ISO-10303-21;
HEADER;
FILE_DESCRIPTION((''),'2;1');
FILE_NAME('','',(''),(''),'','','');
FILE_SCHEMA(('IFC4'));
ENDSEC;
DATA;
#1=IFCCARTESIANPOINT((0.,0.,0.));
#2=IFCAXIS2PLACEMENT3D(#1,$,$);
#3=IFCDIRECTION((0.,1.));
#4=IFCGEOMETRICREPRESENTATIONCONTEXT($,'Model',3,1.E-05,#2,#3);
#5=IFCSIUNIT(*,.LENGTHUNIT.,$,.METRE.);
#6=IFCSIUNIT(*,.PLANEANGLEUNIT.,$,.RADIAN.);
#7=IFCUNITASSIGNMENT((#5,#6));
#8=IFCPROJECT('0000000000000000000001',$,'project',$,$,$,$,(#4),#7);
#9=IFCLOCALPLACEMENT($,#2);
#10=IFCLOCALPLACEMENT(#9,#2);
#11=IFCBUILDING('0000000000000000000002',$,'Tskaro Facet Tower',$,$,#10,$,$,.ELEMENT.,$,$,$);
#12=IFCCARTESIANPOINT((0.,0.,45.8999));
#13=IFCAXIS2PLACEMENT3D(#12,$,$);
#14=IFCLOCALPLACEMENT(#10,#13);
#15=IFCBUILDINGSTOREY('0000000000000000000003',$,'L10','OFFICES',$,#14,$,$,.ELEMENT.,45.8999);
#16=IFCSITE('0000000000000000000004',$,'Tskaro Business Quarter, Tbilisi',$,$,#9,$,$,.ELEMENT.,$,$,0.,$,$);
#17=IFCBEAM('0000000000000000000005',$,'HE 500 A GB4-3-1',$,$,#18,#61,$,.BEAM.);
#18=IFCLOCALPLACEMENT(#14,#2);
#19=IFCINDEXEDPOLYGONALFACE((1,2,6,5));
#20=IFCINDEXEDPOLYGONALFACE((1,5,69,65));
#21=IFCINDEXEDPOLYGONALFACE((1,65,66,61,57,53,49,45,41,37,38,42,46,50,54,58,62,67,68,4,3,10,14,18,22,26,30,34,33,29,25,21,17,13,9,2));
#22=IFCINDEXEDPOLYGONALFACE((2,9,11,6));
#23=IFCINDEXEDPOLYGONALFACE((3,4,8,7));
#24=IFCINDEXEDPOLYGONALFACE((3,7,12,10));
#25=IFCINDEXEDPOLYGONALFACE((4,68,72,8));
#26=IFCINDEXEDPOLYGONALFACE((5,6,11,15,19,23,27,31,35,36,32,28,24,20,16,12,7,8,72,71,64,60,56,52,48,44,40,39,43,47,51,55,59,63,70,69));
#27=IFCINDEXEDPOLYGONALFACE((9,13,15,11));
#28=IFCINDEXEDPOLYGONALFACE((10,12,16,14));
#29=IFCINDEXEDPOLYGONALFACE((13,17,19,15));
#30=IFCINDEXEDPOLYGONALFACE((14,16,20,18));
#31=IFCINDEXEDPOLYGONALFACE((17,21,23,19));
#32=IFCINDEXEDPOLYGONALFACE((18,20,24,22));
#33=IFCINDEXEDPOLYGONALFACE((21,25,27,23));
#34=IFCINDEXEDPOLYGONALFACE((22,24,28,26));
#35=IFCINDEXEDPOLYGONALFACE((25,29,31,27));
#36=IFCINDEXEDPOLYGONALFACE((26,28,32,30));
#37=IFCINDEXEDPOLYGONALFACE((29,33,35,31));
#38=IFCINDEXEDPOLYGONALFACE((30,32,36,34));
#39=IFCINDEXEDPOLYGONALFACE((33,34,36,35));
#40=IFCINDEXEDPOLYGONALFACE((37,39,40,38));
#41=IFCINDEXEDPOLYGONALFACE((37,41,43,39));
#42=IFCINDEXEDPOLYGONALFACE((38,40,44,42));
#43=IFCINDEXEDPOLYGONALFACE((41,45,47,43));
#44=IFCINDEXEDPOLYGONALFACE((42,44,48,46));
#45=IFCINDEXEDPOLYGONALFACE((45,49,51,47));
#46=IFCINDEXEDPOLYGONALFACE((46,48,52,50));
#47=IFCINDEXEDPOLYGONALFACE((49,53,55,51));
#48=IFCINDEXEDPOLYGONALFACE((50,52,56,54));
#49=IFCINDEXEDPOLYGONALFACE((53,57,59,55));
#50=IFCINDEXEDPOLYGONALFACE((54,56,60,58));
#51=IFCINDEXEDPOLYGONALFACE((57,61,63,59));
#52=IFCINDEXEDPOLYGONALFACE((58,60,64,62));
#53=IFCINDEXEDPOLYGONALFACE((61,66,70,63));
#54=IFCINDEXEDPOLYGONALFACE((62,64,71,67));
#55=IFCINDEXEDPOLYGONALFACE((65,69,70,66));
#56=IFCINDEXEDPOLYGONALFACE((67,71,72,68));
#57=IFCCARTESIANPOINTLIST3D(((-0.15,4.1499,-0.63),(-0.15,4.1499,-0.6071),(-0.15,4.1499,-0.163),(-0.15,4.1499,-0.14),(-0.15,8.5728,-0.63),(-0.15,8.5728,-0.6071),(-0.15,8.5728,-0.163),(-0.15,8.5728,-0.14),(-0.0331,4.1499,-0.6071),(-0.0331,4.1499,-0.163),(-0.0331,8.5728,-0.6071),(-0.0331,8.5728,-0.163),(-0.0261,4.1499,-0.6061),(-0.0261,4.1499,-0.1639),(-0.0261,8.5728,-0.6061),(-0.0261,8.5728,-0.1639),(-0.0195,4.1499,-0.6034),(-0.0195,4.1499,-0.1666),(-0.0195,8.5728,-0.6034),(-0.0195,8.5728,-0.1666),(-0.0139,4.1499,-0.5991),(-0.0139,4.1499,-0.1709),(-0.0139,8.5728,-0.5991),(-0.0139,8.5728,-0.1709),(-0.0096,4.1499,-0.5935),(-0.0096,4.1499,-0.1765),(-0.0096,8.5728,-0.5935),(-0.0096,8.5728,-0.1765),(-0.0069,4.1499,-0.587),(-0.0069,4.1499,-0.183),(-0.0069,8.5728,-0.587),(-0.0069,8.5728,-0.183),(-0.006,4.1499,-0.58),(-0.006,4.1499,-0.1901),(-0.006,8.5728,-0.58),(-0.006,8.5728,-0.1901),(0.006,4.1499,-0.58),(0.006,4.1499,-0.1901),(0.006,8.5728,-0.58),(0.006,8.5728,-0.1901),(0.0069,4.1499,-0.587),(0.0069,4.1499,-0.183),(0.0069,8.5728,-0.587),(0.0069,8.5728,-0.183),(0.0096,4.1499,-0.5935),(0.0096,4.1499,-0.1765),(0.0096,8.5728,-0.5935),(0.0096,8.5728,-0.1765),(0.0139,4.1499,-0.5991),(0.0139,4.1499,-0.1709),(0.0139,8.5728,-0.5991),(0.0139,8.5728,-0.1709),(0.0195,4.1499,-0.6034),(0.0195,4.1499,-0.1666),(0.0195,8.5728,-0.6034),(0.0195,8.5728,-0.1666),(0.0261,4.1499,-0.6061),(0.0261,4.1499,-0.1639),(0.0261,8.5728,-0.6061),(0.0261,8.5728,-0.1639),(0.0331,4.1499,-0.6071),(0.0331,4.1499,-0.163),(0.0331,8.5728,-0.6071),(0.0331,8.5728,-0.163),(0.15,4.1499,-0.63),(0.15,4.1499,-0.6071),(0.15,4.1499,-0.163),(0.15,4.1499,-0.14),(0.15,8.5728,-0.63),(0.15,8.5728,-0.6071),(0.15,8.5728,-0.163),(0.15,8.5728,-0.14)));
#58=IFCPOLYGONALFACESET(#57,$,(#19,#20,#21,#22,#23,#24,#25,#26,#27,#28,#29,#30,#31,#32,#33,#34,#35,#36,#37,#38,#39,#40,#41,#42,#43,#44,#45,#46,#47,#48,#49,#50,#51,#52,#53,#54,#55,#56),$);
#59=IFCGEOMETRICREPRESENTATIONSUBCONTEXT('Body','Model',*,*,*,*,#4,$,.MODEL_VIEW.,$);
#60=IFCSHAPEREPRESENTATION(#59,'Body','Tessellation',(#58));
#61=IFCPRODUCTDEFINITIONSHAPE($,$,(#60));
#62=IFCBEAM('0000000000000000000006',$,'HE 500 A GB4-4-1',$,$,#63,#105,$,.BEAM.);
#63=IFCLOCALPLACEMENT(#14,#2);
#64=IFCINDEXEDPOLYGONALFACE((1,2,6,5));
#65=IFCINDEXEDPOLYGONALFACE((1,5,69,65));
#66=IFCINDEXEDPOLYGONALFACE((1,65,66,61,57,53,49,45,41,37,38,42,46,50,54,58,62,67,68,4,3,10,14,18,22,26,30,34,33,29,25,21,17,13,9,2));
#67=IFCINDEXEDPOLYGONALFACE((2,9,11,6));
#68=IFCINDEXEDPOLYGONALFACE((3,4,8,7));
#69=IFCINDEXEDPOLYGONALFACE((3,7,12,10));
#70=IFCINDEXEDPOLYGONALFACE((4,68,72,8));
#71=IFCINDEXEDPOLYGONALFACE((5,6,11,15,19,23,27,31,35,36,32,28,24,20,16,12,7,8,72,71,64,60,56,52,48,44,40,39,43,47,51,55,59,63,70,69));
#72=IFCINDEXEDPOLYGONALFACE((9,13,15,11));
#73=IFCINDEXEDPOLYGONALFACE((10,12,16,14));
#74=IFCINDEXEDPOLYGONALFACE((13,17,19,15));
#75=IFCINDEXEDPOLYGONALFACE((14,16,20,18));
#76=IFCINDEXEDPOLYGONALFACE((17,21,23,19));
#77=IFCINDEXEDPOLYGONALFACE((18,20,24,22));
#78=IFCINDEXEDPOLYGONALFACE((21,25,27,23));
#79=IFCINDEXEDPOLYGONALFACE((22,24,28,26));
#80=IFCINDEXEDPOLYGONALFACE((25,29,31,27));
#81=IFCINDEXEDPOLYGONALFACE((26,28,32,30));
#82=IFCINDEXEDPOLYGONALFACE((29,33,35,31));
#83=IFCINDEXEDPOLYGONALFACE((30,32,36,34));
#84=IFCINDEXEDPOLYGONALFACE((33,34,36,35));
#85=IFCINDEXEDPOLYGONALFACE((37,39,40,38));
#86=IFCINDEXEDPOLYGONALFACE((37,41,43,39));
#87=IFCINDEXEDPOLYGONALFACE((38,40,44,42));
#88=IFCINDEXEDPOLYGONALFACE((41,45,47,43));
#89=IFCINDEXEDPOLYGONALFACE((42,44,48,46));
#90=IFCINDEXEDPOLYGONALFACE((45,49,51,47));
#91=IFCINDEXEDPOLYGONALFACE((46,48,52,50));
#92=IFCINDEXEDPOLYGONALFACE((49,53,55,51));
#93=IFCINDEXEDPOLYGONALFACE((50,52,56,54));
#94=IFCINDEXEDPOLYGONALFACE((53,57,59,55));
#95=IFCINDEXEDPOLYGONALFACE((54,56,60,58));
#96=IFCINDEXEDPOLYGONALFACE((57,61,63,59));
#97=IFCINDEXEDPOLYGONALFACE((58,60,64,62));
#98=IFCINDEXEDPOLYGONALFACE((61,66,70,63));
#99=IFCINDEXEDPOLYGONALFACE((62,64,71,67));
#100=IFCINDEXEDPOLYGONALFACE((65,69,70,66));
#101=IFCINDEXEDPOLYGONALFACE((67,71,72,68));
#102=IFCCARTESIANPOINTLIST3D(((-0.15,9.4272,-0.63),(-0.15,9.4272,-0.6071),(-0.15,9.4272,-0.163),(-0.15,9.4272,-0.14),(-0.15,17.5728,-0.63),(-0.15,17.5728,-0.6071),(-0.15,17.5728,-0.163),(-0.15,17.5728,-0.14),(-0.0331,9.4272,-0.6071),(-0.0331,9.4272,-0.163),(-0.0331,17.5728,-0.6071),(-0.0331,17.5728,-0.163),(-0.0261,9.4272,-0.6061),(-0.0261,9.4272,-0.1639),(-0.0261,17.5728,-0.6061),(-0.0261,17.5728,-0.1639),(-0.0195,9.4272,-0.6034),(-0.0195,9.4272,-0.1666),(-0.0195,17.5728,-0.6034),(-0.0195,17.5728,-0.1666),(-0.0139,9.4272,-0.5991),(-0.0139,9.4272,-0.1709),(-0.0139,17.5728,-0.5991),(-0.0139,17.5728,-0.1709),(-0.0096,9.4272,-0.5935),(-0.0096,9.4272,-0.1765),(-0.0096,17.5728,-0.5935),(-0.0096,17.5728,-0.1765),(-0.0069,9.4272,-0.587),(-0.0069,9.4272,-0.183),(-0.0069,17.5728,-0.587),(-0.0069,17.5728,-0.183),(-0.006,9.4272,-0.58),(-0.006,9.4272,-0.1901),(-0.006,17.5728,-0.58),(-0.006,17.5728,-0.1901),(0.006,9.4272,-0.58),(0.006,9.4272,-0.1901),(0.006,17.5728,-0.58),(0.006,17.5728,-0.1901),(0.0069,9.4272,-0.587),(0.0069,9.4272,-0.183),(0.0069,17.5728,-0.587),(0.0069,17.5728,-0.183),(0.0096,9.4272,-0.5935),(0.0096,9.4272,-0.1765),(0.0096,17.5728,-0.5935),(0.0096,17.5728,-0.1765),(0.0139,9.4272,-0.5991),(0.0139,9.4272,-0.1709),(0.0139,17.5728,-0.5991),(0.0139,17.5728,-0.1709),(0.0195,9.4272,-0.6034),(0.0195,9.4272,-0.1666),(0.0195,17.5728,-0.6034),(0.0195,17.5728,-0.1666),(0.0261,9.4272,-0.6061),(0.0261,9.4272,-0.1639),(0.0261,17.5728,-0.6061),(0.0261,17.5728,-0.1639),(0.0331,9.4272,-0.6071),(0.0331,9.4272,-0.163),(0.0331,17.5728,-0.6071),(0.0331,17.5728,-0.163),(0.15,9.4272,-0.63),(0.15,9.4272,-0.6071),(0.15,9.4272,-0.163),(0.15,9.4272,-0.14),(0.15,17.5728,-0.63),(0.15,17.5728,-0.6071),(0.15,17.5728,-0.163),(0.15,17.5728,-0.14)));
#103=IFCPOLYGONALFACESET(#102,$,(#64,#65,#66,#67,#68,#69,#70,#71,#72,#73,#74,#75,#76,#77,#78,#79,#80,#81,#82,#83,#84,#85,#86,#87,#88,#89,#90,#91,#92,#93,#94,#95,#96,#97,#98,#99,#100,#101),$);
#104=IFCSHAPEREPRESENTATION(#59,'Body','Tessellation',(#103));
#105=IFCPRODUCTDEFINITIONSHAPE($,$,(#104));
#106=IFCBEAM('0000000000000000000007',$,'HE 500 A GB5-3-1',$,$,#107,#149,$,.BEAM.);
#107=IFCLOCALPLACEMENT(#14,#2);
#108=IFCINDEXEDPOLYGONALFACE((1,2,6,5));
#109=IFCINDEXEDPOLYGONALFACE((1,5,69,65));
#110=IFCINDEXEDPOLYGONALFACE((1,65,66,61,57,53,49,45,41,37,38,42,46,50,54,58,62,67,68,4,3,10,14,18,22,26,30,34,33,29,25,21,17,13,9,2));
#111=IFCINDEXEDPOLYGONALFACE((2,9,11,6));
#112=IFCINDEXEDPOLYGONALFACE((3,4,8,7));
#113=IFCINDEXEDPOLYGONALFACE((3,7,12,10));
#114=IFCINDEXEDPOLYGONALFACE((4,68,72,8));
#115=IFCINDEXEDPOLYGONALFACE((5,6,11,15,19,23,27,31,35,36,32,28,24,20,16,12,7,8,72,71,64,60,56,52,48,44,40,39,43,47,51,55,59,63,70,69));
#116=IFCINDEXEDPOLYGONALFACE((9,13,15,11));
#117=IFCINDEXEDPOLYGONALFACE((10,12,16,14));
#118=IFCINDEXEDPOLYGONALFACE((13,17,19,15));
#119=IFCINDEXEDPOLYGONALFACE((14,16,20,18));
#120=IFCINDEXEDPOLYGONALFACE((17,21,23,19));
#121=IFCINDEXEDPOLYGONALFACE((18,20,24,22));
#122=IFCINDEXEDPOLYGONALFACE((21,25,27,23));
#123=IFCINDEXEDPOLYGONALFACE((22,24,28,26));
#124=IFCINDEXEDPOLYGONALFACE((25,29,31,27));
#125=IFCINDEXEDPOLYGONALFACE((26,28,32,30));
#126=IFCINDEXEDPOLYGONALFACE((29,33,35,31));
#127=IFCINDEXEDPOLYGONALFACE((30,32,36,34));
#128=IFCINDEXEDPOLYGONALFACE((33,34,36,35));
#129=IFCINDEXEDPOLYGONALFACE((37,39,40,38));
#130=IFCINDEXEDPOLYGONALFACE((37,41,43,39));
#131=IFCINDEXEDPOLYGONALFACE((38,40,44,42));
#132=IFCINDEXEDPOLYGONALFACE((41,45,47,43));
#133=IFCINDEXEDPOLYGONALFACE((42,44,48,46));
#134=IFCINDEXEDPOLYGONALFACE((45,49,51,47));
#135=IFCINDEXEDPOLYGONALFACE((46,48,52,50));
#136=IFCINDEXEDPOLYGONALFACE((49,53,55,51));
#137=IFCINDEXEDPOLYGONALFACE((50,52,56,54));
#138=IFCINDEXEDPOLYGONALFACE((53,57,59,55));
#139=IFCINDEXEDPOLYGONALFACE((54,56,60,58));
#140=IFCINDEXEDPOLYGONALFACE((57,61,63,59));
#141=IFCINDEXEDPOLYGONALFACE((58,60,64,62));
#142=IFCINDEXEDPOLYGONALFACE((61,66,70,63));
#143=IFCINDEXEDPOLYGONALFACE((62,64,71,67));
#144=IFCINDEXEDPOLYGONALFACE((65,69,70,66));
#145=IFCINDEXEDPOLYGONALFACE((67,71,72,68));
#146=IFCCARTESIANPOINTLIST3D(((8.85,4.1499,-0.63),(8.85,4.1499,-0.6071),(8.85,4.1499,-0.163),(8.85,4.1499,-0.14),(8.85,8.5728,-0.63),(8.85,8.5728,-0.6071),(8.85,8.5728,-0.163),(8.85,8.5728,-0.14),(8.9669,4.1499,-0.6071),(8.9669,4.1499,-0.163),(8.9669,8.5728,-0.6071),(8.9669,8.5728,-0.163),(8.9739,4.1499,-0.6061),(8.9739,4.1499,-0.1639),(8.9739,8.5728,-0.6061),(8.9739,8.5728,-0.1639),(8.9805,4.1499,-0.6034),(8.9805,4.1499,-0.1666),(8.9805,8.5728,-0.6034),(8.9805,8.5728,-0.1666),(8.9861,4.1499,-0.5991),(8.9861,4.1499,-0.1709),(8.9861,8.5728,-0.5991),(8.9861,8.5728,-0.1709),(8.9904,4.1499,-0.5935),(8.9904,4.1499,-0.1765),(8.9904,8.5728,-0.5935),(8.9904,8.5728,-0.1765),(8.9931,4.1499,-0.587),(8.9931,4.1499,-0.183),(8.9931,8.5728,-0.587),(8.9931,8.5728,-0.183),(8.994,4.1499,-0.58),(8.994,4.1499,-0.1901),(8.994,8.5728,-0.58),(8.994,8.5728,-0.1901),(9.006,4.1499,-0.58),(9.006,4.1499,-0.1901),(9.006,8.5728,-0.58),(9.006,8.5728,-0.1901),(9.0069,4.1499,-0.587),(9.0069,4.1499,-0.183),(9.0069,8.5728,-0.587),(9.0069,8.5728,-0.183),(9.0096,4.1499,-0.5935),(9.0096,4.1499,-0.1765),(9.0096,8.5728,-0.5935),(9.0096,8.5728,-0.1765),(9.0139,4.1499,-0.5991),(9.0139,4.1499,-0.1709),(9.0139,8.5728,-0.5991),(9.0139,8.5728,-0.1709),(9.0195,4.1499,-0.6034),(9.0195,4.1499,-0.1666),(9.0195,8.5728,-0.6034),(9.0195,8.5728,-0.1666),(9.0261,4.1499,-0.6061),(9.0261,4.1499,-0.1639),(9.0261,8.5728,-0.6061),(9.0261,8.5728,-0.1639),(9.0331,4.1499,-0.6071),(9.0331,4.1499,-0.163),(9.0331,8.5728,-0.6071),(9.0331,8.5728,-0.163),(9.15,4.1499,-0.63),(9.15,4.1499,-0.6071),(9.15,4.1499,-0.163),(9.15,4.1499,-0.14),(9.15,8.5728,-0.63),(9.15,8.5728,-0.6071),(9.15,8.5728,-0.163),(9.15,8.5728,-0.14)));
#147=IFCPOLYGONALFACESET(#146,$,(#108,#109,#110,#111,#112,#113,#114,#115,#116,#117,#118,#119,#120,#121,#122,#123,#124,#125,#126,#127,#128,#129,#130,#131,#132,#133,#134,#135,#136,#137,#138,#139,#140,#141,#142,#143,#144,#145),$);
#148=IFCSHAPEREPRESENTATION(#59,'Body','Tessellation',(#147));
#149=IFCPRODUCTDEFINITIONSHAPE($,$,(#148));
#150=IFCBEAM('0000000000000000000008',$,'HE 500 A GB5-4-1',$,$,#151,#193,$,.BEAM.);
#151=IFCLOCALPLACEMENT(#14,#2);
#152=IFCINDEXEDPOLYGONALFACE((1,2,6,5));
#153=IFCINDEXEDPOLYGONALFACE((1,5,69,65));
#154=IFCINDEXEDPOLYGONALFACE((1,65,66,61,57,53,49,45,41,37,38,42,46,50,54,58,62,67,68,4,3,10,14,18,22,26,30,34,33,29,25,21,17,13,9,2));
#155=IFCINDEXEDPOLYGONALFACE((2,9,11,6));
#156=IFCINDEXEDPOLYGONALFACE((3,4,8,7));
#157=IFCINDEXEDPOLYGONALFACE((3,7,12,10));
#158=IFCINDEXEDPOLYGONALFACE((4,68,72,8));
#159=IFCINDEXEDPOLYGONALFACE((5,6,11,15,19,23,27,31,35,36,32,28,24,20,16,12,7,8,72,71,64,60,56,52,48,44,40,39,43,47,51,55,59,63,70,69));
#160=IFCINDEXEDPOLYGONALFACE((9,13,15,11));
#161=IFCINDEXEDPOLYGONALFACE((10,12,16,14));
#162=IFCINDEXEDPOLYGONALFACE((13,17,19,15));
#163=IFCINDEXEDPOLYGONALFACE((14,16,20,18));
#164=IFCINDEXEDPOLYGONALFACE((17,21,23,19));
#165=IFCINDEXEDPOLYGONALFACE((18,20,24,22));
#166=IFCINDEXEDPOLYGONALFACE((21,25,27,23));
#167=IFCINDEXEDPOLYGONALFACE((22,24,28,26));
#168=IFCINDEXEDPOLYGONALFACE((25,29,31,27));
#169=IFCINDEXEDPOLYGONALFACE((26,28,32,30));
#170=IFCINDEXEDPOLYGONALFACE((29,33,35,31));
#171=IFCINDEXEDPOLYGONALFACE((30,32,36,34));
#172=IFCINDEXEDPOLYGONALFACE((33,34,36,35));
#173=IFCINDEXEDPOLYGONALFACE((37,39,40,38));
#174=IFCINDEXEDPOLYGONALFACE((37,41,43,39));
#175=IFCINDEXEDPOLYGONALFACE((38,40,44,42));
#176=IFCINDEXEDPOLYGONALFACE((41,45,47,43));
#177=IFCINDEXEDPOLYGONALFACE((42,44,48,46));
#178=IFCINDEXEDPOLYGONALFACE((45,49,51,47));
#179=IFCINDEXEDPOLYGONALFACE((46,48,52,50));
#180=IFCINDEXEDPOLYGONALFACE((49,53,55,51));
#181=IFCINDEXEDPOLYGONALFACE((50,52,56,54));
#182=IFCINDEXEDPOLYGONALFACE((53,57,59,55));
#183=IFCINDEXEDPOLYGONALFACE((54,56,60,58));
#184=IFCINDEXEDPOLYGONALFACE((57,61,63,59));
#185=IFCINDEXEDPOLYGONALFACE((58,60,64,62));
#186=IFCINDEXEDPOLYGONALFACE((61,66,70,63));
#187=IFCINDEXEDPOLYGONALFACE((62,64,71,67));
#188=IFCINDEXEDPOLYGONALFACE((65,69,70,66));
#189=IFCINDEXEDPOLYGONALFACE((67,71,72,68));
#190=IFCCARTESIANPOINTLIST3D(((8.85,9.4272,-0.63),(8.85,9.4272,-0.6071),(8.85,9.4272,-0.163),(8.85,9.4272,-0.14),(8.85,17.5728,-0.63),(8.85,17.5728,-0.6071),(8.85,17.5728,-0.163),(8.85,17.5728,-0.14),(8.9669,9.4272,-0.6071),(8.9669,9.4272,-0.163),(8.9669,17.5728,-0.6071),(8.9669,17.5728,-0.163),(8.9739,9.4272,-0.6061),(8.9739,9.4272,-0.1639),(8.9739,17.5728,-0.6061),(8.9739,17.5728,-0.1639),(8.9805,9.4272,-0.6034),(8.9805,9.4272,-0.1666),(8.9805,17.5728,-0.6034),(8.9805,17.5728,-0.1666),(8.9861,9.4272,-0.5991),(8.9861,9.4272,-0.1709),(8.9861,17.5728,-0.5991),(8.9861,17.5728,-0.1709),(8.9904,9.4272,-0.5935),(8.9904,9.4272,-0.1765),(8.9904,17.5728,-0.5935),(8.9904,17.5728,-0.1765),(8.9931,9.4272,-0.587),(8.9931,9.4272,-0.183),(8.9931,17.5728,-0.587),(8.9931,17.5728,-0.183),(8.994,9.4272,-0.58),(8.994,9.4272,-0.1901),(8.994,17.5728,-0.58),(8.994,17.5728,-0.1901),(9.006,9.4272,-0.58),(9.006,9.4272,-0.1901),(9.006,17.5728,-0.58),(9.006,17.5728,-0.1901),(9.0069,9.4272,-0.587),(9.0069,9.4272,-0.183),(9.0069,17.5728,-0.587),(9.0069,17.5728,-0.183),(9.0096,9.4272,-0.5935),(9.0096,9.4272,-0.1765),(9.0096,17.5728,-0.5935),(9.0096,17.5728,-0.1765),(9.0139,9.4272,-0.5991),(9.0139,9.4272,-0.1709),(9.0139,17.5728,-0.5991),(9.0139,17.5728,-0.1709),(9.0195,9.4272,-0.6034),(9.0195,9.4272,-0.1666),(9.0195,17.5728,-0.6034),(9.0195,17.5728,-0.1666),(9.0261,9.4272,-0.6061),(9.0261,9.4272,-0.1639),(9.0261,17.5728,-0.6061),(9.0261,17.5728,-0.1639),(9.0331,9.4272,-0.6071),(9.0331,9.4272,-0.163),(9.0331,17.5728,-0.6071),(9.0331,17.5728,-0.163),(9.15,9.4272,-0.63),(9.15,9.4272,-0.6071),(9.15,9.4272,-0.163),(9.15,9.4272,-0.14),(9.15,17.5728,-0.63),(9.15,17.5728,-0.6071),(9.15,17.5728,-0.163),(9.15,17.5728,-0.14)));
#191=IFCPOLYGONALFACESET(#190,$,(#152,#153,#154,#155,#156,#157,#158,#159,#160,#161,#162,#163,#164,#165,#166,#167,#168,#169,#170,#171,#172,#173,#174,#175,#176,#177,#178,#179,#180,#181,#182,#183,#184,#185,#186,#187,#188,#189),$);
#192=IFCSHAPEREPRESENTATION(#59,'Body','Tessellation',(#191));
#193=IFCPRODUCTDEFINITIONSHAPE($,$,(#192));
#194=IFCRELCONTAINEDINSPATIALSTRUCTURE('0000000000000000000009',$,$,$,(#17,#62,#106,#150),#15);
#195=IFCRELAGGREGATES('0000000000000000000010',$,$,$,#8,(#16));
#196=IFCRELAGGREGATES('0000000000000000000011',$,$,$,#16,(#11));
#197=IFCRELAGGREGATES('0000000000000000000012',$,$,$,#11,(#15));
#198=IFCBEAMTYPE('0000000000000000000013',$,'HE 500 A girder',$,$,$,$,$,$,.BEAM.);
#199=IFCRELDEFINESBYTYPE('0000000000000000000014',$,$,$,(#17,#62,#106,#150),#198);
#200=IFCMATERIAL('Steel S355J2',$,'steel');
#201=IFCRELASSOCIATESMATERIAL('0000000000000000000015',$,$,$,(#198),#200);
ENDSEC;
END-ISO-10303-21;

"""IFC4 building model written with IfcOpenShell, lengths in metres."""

from ifc_helpers import new_model, si_unit, direction, frame, origin, origin_2d, place, context, subcontext, project, spatial, i_section, extrude, material, material_profile, profile_set, type_object, element, save


model = new_model("IFC4")

# Units and contexts
model_context = context("Model", 3, precision=1e-05, world=origin(), true_north=direction((0.0, 1.0)))
body_context = subcontext(model_context, "Body", "Model", "MODEL_VIEW")
ifc_project = project(units=[si_unit("LENGTHUNIT", "METRE"), si_unit("PLANEANGLEUNIT", "RADIAN")], contexts=[model_context])

# Site, building, storey
site_placement = place(None, origin())
site = spatial("IfcSite", under=ifc_project, at=site_placement, Name="Tskaro Business Quarter, Tbilisi", CompositionType="ELEMENT", RefElevation=0.0)
building_placement = place(site_placement, origin())
building = spatial("IfcBuilding", under=site, at=building_placement, Name="Tskaro Facet Tower", CompositionType="ELEMENT")
storey_placement = place(building_placement, frame((0.0, 0.0, 45.8999)))
storey = spatial("IfcBuildingStorey", under=building, at=storey_placement, Name="L10", Description="OFFICES", CompositionType="ELEMENT", Elevation=45.8999)

# Beams
ifc_material_1 = material(Name="Steel S355J2", Category="steel")
ifc_material_profile_1 = material_profile(ifc_material_1, i_section(OverallWidth=0.3, OverallDepth=0.49, WebThickness=0.012, FlangeThickness=0.0229, FilletRadius=0.0271, at=origin_2d()), Name="HE 500 A")
ifc_profile_set_1 = profile_set([ifc_material_profile_1], Name="Steel S355J2")
beam_type_1 = type_object("IfcBeamType", Name="HE 500 A girder", PredefinedType="BEAM", material=ifc_profile_set_1)
beam_1_placement = place(storey_placement, frame((0.0, 4.1499, -0.385), z_axis=(0.0, 1.0, 0.0), x_axis=(-1.0, 0.0, 0.0)))
element("IfcBeam", 1, at=beam_1_placement, inside=storey, type_object=beam_type_1, Name="HE 500 A GB4-3-1", PredefinedType="BEAM", context=body_context, shape_type="SweptSolid", body=[
    extrude(i_section(OverallWidth=0.3, OverallDepth=0.49, WebThickness=0.012, FlangeThickness=0.0229, FilletRadius=0.0271, at=origin_2d()), origin(), (0.0, 0.0, 1.0), 4.4229),
])
beam_2_placement = place(storey_placement, frame((0.0, 9.4272, -0.385), z_axis=(0.0, 1.0, 0.0), x_axis=(-1.0, 0.0, 0.0)))
element("IfcBeam", 2, at=beam_2_placement, inside=storey, type_object=beam_type_1, Name="HE 500 A GB4-4-1", PredefinedType="BEAM", context=body_context, shape_type="SweptSolid", body=[
    extrude(i_section(OverallWidth=0.3, OverallDepth=0.49, WebThickness=0.012, FlangeThickness=0.0229, FilletRadius=0.0271, at=origin_2d()), origin(), (0.0, 0.0, 1.0), 8.1455),
])
beam_3_placement = place(storey_placement, frame((9.0, 4.1499, -0.385), z_axis=(0.0, 1.0, 0.0), x_axis=(-1.0, 0.0, 0.0)))
element("IfcBeam", 3, at=beam_3_placement, inside=storey, type_object=beam_type_1, Name="HE 500 A GB5-3-1", PredefinedType="BEAM", context=body_context, shape_type="SweptSolid", body=[
    extrude(i_section(OverallWidth=0.3, OverallDepth=0.49, WebThickness=0.012, FlangeThickness=0.0229, FilletRadius=0.0271, at=origin_2d()), origin(), (0.0, 0.0, 1.0), 4.4229),
])
beam_4_placement = place(storey_placement, frame((9.0, 9.4272, -0.385), z_axis=(0.0, 1.0, 0.0), x_axis=(-1.0, 0.0, 0.0)))
element("IfcBeam", 4, at=beam_4_placement, inside=storey, type_object=beam_type_1, Name="HE 500 A GB5-4-1", PredefinedType="BEAM", context=body_context, shape_type="SweptSolid", body=[
    extrude(i_section(OverallWidth=0.3, OverallDepth=0.49, WebThickness=0.012, FlangeThickness=0.0229, FilletRadius=0.0271, at=origin_2d()), origin(), (0.0, 0.0, 1.0), 8.1455),
])

save(model, "model.ifc")
